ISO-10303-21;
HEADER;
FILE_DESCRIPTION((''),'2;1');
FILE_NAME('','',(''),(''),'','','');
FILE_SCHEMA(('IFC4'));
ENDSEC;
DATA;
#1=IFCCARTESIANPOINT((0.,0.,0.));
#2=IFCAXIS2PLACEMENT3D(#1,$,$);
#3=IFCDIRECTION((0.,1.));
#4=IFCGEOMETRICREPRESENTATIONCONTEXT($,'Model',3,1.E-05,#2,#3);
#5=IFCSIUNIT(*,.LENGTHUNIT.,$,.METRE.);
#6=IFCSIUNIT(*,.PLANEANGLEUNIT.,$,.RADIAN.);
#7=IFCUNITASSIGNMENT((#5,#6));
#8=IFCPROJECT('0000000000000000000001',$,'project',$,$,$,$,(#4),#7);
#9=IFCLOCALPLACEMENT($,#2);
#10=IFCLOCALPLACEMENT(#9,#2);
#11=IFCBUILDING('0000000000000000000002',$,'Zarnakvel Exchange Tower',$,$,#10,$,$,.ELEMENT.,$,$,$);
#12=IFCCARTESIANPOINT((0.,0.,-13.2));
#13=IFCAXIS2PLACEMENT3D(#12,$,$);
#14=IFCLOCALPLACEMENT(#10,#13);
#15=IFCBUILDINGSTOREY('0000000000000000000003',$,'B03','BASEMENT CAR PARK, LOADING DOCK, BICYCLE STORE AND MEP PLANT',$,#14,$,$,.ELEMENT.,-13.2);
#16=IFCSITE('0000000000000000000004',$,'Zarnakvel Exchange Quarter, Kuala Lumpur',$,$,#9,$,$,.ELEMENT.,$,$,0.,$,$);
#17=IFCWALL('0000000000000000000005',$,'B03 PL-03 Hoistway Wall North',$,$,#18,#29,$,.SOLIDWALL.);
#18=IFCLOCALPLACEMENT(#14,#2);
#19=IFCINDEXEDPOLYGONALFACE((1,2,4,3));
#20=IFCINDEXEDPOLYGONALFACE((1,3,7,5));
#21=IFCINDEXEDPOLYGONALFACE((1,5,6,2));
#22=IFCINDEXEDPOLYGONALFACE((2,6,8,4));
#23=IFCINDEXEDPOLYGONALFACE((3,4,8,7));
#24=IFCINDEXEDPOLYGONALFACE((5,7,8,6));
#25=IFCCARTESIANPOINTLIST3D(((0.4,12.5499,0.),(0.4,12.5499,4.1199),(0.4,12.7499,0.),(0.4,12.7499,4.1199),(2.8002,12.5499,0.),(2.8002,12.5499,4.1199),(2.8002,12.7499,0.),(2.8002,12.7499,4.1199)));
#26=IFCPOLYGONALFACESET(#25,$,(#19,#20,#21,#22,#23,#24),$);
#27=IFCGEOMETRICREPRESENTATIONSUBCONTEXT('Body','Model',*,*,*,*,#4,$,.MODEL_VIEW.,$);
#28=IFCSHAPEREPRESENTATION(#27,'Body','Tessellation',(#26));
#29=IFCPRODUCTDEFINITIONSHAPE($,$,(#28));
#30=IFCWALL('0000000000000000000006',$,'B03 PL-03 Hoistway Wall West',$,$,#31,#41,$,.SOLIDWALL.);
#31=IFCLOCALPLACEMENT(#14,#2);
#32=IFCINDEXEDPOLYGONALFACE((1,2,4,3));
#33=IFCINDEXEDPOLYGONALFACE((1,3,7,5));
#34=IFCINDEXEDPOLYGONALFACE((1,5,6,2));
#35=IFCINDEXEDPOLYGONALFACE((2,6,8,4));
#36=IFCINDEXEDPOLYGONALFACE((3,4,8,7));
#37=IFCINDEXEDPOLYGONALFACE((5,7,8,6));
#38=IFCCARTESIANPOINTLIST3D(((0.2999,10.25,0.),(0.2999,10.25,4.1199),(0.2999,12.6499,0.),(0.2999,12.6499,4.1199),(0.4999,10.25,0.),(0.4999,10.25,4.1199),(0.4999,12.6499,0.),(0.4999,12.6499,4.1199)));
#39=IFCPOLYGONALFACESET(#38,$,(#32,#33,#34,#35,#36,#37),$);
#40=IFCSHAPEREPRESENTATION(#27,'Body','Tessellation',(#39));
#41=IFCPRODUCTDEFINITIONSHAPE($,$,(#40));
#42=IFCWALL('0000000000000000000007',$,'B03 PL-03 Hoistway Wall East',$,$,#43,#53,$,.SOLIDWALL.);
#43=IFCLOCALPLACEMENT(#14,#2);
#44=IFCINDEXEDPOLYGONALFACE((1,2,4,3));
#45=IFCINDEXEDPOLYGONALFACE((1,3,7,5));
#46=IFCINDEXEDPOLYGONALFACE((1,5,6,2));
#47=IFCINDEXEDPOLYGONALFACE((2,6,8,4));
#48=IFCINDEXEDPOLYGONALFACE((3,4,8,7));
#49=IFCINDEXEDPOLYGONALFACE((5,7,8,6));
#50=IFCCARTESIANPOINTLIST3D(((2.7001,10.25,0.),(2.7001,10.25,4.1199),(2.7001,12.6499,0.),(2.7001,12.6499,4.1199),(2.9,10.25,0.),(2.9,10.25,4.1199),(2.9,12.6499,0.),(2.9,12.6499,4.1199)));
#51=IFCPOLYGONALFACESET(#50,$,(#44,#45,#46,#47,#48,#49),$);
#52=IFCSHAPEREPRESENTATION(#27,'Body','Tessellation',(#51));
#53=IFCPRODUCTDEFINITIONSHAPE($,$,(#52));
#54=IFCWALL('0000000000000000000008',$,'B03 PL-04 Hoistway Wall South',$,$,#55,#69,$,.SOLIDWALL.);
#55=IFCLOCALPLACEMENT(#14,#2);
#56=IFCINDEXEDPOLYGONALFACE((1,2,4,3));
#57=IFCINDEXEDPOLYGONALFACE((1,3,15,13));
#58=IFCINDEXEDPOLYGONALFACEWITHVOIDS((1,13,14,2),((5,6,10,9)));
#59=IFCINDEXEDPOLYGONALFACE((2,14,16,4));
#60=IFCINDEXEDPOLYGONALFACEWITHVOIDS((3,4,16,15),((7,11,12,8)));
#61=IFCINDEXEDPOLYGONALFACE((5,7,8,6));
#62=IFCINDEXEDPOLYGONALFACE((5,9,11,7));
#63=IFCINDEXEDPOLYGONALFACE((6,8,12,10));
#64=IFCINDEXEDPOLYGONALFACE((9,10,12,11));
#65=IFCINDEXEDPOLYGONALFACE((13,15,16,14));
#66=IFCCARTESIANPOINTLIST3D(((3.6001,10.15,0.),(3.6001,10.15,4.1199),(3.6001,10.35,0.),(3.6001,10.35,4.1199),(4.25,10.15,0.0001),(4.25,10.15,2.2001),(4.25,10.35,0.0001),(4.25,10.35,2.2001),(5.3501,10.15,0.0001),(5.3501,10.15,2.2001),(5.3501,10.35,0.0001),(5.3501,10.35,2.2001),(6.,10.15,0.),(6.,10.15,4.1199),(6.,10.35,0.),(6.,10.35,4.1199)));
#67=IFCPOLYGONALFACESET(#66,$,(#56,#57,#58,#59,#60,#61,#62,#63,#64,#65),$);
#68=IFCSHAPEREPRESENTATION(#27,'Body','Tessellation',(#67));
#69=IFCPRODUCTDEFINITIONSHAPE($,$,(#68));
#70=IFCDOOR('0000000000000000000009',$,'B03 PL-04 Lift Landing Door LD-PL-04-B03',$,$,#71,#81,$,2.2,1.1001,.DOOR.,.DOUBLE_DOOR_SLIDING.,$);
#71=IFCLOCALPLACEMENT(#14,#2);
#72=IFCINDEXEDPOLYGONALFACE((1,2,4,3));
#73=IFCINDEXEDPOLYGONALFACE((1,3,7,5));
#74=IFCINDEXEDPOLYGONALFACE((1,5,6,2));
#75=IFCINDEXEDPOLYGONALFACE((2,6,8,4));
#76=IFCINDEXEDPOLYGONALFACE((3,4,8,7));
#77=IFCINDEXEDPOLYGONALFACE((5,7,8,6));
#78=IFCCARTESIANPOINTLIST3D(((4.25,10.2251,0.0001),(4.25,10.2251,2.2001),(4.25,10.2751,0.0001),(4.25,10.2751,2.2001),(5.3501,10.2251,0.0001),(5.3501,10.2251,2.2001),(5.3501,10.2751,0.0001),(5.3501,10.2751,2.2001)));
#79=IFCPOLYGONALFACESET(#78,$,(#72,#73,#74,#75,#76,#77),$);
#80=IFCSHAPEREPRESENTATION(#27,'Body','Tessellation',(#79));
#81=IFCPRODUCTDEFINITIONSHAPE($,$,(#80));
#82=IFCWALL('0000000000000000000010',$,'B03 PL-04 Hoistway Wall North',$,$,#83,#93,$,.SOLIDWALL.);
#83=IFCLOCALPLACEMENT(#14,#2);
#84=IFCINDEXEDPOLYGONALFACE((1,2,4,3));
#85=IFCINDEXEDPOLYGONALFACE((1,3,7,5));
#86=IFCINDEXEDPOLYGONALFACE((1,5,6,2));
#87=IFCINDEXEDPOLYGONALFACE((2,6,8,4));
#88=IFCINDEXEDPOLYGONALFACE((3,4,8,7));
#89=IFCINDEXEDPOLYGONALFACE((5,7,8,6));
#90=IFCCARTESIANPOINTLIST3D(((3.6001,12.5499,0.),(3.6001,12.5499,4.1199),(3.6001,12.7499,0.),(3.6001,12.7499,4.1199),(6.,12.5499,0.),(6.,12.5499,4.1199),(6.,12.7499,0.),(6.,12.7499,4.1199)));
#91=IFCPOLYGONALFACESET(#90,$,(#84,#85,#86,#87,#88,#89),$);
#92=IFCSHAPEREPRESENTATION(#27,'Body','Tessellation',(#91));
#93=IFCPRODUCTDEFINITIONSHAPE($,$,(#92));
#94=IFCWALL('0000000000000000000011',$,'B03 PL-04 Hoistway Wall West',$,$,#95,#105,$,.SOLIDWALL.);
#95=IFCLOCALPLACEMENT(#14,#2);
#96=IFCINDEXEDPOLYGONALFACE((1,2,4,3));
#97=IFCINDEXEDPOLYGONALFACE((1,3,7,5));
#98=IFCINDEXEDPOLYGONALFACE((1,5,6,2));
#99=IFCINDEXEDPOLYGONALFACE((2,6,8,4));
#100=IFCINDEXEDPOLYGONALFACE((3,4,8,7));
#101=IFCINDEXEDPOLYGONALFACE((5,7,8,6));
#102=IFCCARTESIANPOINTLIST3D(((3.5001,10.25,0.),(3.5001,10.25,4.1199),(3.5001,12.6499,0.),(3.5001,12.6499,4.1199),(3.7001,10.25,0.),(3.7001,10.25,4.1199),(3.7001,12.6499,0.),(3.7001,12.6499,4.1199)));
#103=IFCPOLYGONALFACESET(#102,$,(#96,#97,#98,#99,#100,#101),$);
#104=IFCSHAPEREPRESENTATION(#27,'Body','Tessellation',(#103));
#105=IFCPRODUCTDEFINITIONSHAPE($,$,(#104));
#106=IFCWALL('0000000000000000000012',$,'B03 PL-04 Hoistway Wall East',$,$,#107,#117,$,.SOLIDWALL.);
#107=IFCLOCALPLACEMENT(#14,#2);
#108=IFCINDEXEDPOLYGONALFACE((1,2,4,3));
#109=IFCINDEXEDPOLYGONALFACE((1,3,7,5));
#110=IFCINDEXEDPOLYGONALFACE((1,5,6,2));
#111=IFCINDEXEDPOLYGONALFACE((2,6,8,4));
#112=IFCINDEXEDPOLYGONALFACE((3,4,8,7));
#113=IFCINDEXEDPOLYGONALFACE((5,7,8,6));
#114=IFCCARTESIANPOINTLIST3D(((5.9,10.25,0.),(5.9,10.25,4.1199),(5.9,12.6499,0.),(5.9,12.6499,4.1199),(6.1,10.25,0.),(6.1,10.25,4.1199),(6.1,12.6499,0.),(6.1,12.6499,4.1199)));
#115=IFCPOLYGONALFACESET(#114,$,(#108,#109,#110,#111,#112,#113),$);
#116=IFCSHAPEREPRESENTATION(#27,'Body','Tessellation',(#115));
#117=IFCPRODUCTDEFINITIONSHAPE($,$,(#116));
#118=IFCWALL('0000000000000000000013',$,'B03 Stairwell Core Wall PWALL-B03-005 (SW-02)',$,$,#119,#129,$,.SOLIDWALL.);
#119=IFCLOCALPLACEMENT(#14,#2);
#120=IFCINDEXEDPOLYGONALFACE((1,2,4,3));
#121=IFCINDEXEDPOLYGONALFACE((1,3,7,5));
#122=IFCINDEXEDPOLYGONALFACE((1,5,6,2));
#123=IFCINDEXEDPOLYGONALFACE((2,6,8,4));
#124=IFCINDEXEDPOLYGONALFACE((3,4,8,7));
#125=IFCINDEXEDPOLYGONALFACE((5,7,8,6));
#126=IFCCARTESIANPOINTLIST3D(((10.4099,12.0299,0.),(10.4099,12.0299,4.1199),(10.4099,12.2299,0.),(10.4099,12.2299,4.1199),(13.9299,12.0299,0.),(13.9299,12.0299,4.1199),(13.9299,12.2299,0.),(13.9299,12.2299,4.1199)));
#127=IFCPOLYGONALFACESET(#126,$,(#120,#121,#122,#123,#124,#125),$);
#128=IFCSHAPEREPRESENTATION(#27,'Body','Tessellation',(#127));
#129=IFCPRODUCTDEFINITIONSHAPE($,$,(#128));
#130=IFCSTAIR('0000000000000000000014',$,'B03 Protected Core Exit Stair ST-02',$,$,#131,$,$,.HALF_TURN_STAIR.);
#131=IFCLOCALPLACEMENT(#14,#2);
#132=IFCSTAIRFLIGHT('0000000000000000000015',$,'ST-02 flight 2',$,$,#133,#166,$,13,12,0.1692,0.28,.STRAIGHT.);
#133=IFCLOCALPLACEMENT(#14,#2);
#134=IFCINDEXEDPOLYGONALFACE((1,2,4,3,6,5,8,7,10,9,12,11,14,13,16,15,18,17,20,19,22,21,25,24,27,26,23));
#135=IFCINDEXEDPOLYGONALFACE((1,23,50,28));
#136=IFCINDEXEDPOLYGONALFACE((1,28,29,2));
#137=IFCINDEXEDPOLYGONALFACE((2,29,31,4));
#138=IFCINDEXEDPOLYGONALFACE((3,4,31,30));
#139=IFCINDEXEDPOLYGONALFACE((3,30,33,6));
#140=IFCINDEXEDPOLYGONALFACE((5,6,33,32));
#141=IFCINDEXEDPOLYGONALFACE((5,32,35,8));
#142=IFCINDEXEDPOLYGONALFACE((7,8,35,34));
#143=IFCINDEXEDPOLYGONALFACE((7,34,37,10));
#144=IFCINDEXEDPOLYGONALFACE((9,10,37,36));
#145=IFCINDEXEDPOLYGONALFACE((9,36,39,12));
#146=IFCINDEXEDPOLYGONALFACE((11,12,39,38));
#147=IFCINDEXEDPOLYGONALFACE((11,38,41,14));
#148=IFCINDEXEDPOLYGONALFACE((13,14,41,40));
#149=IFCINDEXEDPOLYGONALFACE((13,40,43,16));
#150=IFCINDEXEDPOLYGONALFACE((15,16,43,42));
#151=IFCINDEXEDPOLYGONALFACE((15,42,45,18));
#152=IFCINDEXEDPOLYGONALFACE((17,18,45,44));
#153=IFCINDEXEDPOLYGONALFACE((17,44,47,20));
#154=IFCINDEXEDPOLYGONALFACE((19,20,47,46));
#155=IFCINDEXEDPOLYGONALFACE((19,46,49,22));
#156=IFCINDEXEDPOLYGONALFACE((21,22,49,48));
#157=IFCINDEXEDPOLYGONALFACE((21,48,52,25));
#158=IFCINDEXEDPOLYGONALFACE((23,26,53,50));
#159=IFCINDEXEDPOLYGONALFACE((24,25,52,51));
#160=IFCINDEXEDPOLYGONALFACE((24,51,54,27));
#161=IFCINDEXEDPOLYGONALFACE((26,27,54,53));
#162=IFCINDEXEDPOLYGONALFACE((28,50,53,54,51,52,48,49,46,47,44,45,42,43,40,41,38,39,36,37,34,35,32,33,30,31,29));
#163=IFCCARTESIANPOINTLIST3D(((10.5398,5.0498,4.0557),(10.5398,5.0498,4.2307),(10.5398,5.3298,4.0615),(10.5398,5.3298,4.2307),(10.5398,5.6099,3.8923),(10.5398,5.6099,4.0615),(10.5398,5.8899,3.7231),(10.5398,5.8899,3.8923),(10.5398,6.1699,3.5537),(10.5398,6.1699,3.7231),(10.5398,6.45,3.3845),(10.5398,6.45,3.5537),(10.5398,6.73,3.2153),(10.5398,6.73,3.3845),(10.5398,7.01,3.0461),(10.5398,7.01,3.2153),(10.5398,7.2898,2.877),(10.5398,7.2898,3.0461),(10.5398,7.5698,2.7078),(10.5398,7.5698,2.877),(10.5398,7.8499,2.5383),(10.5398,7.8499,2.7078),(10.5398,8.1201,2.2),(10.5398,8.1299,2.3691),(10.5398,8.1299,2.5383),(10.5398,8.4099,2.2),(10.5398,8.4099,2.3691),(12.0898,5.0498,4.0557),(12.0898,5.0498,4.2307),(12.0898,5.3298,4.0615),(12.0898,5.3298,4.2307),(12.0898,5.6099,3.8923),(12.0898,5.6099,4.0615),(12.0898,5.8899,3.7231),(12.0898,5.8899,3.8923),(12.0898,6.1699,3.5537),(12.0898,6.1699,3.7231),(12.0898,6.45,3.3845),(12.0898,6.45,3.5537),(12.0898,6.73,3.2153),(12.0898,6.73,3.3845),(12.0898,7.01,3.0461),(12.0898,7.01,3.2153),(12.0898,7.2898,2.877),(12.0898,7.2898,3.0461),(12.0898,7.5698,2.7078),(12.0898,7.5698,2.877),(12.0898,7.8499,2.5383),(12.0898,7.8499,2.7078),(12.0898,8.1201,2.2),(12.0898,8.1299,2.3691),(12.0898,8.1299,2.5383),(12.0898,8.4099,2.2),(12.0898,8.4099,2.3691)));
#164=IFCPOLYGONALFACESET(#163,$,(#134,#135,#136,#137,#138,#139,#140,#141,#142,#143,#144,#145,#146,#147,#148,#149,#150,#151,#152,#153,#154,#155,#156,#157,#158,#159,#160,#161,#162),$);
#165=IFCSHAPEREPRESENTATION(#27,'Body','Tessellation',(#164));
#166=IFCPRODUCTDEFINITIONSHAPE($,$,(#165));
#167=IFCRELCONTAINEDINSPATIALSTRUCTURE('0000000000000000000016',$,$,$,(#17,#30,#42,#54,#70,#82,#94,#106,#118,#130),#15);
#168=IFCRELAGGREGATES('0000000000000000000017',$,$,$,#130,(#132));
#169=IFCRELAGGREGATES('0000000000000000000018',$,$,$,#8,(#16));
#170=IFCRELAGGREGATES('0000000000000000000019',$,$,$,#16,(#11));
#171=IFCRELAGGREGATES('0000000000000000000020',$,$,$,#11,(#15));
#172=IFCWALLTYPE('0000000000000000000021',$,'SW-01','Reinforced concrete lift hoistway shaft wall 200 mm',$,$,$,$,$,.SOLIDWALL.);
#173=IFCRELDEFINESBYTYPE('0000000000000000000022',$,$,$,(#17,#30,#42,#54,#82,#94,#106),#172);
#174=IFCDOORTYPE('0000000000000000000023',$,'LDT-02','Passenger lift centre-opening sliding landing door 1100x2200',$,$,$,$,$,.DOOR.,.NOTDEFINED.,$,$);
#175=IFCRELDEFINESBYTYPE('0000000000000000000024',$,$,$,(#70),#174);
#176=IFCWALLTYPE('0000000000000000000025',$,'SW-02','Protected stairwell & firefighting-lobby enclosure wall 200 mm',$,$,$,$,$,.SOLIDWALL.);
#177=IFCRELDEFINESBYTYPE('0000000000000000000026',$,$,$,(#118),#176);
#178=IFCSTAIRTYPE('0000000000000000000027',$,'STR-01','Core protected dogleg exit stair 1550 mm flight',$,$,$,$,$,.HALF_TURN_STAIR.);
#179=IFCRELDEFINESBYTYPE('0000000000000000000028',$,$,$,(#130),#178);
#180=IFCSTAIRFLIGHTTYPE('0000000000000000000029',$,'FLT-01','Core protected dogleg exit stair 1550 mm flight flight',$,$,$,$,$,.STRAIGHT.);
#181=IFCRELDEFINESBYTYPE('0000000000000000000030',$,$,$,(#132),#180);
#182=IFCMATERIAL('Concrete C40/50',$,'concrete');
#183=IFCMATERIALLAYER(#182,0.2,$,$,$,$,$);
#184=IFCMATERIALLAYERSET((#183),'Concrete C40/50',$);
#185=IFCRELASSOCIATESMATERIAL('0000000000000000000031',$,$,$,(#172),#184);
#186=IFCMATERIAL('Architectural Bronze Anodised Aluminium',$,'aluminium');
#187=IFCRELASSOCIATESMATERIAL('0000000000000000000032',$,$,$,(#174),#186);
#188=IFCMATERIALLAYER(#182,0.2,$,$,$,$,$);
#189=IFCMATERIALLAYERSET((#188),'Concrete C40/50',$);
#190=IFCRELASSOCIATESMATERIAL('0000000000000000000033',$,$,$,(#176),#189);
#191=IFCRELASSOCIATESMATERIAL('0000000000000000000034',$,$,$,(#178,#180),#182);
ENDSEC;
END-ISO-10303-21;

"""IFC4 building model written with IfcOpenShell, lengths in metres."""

from ifc_helpers import new_model, si_unit, direction, frame, frame_2d, origin, place, context, subcontext, project, spatial, polyline, rectangle, outline, extrude, source, transform, mapped, material, layer, layer_set, type_object, element, fill, aggregate, save


model = new_model("IFC4")

# Units and contexts
model_context = context("Model", 3, precision=1e-05, world=origin(), true_north=direction((0.0, 1.0)))
body_context = subcontext(model_context, "Body", "Model", "MODEL_VIEW")
ifc_project = project(units=[si_unit("LENGTHUNIT", "METRE"), si_unit("PLANEANGLEUNIT", "RADIAN")], contexts=[model_context])

# Site, building, storey
site_placement = place(None, origin())
site = spatial("IfcSite", under=ifc_project, at=site_placement, Name="Zarnakvel Exchange Quarter, Kuala Lumpur", CompositionType="ELEMENT", RefElevation=0.0)
building_placement = place(site_placement, origin())
building = spatial("IfcBuilding", under=site, at=building_placement, Name="Zarnakvel Exchange Tower", CompositionType="ELEMENT")
storey_placement = place(building_placement, frame((0.0, 0.0, -13.2)))
storey = spatial("IfcBuildingStorey", under=building, at=storey_placement, Name="B03", Description="BASEMENT CAR PARK, LOADING DOCK, BICYCLE STORE AND MEP PLANT", CompositionType="ELEMENT", Elevation=-13.2)

# Shared definitions
ifc_material_1 = material(Name="Concrete C40/50", Category="concrete")
ifc_layer_1 = layer(ifc_material_1, 0.2)
ifc_layer_set_1 = layer_set([ifc_layer_1], Name="Concrete C40/50")
wall_type_1 = type_object("IfcWallType", Name="SW-01", Description="Reinforced concrete lift hoistway shaft wall 200 mm", PredefinedType="SOLIDWALL", material=ifc_layer_set_1)
ifc_material_2 = material(Name="Architectural Bronze Anodised Aluminium", Category="aluminium")
door_type_1 = type_object("IfcDoorType", Name="LDT-02", Description="Passenger lift centre-opening sliding landing door 1100x2200", OperationType="NOTDEFINED", PredefinedType="DOOR", material=ifc_material_2)
shared_shape_1 = source(origin(), body_context, "Body", "SweptSolid", [
    extrude(rectangle(XDim=1.1001, YDim=2.2, at=frame_2d((0.55, 1.1001))), frame((0.0, 0.0249, 0.0), z_axis=(0.0, -1.0, 0.0), x_axis=(1.0, 0.0, 0.0)), (0.0, 0.0, 1.0), 0.05),
])

# Walls
wall_1_placement = place(storey_placement, frame((0.3999, 12.6499, 0.0), z_axis=(0.0, 0.0, 1.0), x_axis=(1.0, 0.0, 0.0)))
element("IfcWall", 1, at=wall_1_placement, inside=storey, type_object=wall_type_1, Name="B03 PL-03 Hoistway Wall North", PredefinedType="SOLIDWALL", context=body_context, shape_type="SweptSolid", body=[
    extrude(rectangle(XDim=2.4001, YDim=0.2, at=frame_2d((1.2002, 0.0))), origin(), (0.0, 0.0, 1.0), 4.1199),
])
for number, where, z_axis, x_axis, name in (
    (2, (0.3999, 10.25, 0.0), (0.0, 0.0, 1.0), (0.0, 1.0, 0.0), "B03 PL-03 Hoistway Wall West"),
    (3, (2.8, 12.6499, 0.0), (0.0, 0.0, 1.0), (0.0, -1.0, 0.0), "B03 PL-03 Hoistway Wall East"),
):
    element("IfcWall", number, at=place(storey_placement, frame(where, z_axis=z_axis, x_axis=x_axis)), inside=storey, type_object=wall_type_1, Name=name, PredefinedType="SOLIDWALL", context=body_context, shape_type="SweptSolid", body=[
        extrude(rectangle(XDim=2.3999, YDim=0.2, at=frame_2d((1.2, 0.0))), origin(), (0.0, 0.0, 1.0), 4.1199),
    ])

# Wall, opening, door
wall_2_placement = place(storey_placement, frame((6.0, 10.25, 0.0), z_axis=(0.0, 0.0, 1.0), x_axis=(-1.0, 0.0, 0.0)))
wall_2 = element("IfcWall", 4, at=wall_2_placement, inside=storey, type_object=wall_type_1, Name="B03 PL-04 Hoistway Wall South", PredefinedType="SOLIDWALL", context=body_context, shape_type="SweptSolid", body=[
    extrude(rectangle(XDim=2.3999, YDim=0.2, at=frame_2d((1.2, 0.0))), origin(), (0.0, 0.0, 1.0), 4.1199),
])
opening_1_placement = place(wall_2_placement, frame((0.6499, 0.0, 0.0)))
opening_1 = element("IfcOpeningElement", 5, at=opening_1_placement, cuts=wall_2, PredefinedType="OPENING", context=body_context, shape_type="SweptSolid", body=[
    extrude(rectangle(XDim=1.1001, YDim=2.2, at=frame_2d((0.55, 1.1001))), frame((0.0, 0.1099, 0.0), z_axis=(0.0, -1.0, 0.0), x_axis=(1.0, 0.0, 0.0)), (0.0, 0.0, 1.0), 0.22),
])
door_1_placement = place(opening_1_placement, origin())
door_1 = element("IfcDoor", 6, at=door_1_placement, inside=storey, type_object=door_type_1, Name="B03 PL-04 Lift Landing Door LD-PL-04-B03", OperationType="DOUBLE_DOOR_SLIDING", OverallHeight=2.2, OverallWidth=1.1001, PredefinedType="DOOR", context=body_context, shape_type="MappedRepresentation", body=[
    mapped(shared_shape_1, transform((0.0, 0.0, 0.0), x_axis=(1.0, 0.0, 0.0), y_axis=(0.0, 1.0, 0.0), z_axis=(0.0, 0.0, 1.0), scale=1.0)),
])
fill(opening_1, door_1)

# Walls
for number, where, z_axis, x_axis, name in (
    (7, (3.6001, 12.6499, 0.0), (0.0, 0.0, 1.0), (1.0, 0.0, 0.0), "B03 PL-04 Hoistway Wall North"),
    (8, (3.6001, 10.25, 0.0), (0.0, 0.0, 1.0), (0.0, 1.0, 0.0), "B03 PL-04 Hoistway Wall West"),
    (9, (6.0, 12.6499, 0.0), (0.0, 0.0, 1.0), (0.0, -1.0, 0.0), "B03 PL-04 Hoistway Wall East"),
):
    element("IfcWall", number, at=place(storey_placement, frame(where, z_axis=z_axis, x_axis=x_axis)), inside=storey, type_object=wall_type_1, Name=name, PredefinedType="SOLIDWALL", context=body_context, shape_type="SweptSolid", body=[
        extrude(rectangle(XDim=2.3999, YDim=0.2, at=frame_2d((1.2, 0.0))), origin(), (0.0, 0.0, 1.0), 4.1199),
    ])
ifc_layer_2 = layer(ifc_material_1, 0.2)
ifc_layer_set_2 = layer_set([ifc_layer_2], Name="Concrete C40/50")
wall_type_2 = type_object("IfcWallType", Name="SW-02", Description="Protected stairwell & firefighting-lobby enclosure wall 200 mm", PredefinedType="SOLIDWALL", material=ifc_layer_set_2)
wall_3_placement = place(storey_placement, frame((10.4099, 12.1299, 0.0), z_axis=(0.0, 0.0, 1.0), x_axis=(1.0, 0.0, 0.0)))
element("IfcWall", 10, at=wall_3_placement, inside=storey, type_object=wall_type_2, Name="B03 Stairwell Core Wall PWALL-B03-005 (SW-02)", PredefinedType="SOLIDWALL", context=body_context, shape_type="SweptSolid", body=[
    extrude(rectangle(XDim=3.52, YDim=0.2, at=frame_2d((1.76, 0.0))), origin(), (0.0, 0.0, 1.0), 4.1199),
])

# Stair, stair flight
stair_type = type_object("IfcStairType", Name="STR-01", Description="Core protected dogleg exit stair 1550 mm flight", PredefinedType="HALF_TURN_STAIR", material=ifc_material_1)
stair_placement = place(storey_placement, origin())
stair = element("IfcStair", 11, at=stair_placement, inside=storey, type_object=stair_type, Name="B03 Protected Core Exit Stair ST-02", PredefinedType="HALF_TURN_STAIR")
stair_flight_type = type_object("IfcStairFlightType", Name="FLT-01", Description="Core protected dogleg exit stair 1550 mm flight flight", PredefinedType="STRAIGHT", material=ifc_material_1)
stair_flight_placement = place(storey_placement, frame((11.3149, 8.4099, 2.2), z_axis=(0.0, 0.0, 1.0), x_axis=(0.0, -1.0, 0.0)))
stair_flight = element("IfcStairFlight", 12, at=stair_flight_placement, type_object=stair_flight_type, Name="ST-02 flight 2", NumberOfRisers=13, NumberOfTreads=12, PredefinedType="STRAIGHT", RiserHeight=0.1692, TreadLength=0.28, context=body_context, shape_type="SweptSolid", body=[
    extrude(outline(polyline([(0.0, 0.0), (0.0, 0.1692), (0.28, 0.1692), (0.28, 0.3384), (0.5601, 0.3384), (0.5601, 0.5078), (0.8401, 0.5078), (0.8401, 0.677), (1.1201, 0.677), (1.1201, 0.8462), (1.3999, 0.8462), (1.3999, 1.0154), (1.6799, 1.0154), (1.6799, 1.1846), (1.96, 1.1846), (1.96, 1.3538), (2.24, 1.3538), (2.24, 1.5232), (2.52, 1.5232), (2.52, 1.6924), (2.8, 1.6924), (2.8, 1.8616), (3.0801, 1.8616), (3.0801, 2.0308), (3.3601, 2.0308), (3.3601, 2.2), (3.3601, 1.8557), (0.2898, 0.0), (0.0, 0.0)])), frame((0.0, 0.7749, 0.0), z_axis=(0.0, -1.0, 0.0), x_axis=(1.0, 0.0, 0.0)), (0.0, 0.0, 1.0), 1.55),
])
aggregate(stair, [stair_flight])

save(model, "model.ifc")
